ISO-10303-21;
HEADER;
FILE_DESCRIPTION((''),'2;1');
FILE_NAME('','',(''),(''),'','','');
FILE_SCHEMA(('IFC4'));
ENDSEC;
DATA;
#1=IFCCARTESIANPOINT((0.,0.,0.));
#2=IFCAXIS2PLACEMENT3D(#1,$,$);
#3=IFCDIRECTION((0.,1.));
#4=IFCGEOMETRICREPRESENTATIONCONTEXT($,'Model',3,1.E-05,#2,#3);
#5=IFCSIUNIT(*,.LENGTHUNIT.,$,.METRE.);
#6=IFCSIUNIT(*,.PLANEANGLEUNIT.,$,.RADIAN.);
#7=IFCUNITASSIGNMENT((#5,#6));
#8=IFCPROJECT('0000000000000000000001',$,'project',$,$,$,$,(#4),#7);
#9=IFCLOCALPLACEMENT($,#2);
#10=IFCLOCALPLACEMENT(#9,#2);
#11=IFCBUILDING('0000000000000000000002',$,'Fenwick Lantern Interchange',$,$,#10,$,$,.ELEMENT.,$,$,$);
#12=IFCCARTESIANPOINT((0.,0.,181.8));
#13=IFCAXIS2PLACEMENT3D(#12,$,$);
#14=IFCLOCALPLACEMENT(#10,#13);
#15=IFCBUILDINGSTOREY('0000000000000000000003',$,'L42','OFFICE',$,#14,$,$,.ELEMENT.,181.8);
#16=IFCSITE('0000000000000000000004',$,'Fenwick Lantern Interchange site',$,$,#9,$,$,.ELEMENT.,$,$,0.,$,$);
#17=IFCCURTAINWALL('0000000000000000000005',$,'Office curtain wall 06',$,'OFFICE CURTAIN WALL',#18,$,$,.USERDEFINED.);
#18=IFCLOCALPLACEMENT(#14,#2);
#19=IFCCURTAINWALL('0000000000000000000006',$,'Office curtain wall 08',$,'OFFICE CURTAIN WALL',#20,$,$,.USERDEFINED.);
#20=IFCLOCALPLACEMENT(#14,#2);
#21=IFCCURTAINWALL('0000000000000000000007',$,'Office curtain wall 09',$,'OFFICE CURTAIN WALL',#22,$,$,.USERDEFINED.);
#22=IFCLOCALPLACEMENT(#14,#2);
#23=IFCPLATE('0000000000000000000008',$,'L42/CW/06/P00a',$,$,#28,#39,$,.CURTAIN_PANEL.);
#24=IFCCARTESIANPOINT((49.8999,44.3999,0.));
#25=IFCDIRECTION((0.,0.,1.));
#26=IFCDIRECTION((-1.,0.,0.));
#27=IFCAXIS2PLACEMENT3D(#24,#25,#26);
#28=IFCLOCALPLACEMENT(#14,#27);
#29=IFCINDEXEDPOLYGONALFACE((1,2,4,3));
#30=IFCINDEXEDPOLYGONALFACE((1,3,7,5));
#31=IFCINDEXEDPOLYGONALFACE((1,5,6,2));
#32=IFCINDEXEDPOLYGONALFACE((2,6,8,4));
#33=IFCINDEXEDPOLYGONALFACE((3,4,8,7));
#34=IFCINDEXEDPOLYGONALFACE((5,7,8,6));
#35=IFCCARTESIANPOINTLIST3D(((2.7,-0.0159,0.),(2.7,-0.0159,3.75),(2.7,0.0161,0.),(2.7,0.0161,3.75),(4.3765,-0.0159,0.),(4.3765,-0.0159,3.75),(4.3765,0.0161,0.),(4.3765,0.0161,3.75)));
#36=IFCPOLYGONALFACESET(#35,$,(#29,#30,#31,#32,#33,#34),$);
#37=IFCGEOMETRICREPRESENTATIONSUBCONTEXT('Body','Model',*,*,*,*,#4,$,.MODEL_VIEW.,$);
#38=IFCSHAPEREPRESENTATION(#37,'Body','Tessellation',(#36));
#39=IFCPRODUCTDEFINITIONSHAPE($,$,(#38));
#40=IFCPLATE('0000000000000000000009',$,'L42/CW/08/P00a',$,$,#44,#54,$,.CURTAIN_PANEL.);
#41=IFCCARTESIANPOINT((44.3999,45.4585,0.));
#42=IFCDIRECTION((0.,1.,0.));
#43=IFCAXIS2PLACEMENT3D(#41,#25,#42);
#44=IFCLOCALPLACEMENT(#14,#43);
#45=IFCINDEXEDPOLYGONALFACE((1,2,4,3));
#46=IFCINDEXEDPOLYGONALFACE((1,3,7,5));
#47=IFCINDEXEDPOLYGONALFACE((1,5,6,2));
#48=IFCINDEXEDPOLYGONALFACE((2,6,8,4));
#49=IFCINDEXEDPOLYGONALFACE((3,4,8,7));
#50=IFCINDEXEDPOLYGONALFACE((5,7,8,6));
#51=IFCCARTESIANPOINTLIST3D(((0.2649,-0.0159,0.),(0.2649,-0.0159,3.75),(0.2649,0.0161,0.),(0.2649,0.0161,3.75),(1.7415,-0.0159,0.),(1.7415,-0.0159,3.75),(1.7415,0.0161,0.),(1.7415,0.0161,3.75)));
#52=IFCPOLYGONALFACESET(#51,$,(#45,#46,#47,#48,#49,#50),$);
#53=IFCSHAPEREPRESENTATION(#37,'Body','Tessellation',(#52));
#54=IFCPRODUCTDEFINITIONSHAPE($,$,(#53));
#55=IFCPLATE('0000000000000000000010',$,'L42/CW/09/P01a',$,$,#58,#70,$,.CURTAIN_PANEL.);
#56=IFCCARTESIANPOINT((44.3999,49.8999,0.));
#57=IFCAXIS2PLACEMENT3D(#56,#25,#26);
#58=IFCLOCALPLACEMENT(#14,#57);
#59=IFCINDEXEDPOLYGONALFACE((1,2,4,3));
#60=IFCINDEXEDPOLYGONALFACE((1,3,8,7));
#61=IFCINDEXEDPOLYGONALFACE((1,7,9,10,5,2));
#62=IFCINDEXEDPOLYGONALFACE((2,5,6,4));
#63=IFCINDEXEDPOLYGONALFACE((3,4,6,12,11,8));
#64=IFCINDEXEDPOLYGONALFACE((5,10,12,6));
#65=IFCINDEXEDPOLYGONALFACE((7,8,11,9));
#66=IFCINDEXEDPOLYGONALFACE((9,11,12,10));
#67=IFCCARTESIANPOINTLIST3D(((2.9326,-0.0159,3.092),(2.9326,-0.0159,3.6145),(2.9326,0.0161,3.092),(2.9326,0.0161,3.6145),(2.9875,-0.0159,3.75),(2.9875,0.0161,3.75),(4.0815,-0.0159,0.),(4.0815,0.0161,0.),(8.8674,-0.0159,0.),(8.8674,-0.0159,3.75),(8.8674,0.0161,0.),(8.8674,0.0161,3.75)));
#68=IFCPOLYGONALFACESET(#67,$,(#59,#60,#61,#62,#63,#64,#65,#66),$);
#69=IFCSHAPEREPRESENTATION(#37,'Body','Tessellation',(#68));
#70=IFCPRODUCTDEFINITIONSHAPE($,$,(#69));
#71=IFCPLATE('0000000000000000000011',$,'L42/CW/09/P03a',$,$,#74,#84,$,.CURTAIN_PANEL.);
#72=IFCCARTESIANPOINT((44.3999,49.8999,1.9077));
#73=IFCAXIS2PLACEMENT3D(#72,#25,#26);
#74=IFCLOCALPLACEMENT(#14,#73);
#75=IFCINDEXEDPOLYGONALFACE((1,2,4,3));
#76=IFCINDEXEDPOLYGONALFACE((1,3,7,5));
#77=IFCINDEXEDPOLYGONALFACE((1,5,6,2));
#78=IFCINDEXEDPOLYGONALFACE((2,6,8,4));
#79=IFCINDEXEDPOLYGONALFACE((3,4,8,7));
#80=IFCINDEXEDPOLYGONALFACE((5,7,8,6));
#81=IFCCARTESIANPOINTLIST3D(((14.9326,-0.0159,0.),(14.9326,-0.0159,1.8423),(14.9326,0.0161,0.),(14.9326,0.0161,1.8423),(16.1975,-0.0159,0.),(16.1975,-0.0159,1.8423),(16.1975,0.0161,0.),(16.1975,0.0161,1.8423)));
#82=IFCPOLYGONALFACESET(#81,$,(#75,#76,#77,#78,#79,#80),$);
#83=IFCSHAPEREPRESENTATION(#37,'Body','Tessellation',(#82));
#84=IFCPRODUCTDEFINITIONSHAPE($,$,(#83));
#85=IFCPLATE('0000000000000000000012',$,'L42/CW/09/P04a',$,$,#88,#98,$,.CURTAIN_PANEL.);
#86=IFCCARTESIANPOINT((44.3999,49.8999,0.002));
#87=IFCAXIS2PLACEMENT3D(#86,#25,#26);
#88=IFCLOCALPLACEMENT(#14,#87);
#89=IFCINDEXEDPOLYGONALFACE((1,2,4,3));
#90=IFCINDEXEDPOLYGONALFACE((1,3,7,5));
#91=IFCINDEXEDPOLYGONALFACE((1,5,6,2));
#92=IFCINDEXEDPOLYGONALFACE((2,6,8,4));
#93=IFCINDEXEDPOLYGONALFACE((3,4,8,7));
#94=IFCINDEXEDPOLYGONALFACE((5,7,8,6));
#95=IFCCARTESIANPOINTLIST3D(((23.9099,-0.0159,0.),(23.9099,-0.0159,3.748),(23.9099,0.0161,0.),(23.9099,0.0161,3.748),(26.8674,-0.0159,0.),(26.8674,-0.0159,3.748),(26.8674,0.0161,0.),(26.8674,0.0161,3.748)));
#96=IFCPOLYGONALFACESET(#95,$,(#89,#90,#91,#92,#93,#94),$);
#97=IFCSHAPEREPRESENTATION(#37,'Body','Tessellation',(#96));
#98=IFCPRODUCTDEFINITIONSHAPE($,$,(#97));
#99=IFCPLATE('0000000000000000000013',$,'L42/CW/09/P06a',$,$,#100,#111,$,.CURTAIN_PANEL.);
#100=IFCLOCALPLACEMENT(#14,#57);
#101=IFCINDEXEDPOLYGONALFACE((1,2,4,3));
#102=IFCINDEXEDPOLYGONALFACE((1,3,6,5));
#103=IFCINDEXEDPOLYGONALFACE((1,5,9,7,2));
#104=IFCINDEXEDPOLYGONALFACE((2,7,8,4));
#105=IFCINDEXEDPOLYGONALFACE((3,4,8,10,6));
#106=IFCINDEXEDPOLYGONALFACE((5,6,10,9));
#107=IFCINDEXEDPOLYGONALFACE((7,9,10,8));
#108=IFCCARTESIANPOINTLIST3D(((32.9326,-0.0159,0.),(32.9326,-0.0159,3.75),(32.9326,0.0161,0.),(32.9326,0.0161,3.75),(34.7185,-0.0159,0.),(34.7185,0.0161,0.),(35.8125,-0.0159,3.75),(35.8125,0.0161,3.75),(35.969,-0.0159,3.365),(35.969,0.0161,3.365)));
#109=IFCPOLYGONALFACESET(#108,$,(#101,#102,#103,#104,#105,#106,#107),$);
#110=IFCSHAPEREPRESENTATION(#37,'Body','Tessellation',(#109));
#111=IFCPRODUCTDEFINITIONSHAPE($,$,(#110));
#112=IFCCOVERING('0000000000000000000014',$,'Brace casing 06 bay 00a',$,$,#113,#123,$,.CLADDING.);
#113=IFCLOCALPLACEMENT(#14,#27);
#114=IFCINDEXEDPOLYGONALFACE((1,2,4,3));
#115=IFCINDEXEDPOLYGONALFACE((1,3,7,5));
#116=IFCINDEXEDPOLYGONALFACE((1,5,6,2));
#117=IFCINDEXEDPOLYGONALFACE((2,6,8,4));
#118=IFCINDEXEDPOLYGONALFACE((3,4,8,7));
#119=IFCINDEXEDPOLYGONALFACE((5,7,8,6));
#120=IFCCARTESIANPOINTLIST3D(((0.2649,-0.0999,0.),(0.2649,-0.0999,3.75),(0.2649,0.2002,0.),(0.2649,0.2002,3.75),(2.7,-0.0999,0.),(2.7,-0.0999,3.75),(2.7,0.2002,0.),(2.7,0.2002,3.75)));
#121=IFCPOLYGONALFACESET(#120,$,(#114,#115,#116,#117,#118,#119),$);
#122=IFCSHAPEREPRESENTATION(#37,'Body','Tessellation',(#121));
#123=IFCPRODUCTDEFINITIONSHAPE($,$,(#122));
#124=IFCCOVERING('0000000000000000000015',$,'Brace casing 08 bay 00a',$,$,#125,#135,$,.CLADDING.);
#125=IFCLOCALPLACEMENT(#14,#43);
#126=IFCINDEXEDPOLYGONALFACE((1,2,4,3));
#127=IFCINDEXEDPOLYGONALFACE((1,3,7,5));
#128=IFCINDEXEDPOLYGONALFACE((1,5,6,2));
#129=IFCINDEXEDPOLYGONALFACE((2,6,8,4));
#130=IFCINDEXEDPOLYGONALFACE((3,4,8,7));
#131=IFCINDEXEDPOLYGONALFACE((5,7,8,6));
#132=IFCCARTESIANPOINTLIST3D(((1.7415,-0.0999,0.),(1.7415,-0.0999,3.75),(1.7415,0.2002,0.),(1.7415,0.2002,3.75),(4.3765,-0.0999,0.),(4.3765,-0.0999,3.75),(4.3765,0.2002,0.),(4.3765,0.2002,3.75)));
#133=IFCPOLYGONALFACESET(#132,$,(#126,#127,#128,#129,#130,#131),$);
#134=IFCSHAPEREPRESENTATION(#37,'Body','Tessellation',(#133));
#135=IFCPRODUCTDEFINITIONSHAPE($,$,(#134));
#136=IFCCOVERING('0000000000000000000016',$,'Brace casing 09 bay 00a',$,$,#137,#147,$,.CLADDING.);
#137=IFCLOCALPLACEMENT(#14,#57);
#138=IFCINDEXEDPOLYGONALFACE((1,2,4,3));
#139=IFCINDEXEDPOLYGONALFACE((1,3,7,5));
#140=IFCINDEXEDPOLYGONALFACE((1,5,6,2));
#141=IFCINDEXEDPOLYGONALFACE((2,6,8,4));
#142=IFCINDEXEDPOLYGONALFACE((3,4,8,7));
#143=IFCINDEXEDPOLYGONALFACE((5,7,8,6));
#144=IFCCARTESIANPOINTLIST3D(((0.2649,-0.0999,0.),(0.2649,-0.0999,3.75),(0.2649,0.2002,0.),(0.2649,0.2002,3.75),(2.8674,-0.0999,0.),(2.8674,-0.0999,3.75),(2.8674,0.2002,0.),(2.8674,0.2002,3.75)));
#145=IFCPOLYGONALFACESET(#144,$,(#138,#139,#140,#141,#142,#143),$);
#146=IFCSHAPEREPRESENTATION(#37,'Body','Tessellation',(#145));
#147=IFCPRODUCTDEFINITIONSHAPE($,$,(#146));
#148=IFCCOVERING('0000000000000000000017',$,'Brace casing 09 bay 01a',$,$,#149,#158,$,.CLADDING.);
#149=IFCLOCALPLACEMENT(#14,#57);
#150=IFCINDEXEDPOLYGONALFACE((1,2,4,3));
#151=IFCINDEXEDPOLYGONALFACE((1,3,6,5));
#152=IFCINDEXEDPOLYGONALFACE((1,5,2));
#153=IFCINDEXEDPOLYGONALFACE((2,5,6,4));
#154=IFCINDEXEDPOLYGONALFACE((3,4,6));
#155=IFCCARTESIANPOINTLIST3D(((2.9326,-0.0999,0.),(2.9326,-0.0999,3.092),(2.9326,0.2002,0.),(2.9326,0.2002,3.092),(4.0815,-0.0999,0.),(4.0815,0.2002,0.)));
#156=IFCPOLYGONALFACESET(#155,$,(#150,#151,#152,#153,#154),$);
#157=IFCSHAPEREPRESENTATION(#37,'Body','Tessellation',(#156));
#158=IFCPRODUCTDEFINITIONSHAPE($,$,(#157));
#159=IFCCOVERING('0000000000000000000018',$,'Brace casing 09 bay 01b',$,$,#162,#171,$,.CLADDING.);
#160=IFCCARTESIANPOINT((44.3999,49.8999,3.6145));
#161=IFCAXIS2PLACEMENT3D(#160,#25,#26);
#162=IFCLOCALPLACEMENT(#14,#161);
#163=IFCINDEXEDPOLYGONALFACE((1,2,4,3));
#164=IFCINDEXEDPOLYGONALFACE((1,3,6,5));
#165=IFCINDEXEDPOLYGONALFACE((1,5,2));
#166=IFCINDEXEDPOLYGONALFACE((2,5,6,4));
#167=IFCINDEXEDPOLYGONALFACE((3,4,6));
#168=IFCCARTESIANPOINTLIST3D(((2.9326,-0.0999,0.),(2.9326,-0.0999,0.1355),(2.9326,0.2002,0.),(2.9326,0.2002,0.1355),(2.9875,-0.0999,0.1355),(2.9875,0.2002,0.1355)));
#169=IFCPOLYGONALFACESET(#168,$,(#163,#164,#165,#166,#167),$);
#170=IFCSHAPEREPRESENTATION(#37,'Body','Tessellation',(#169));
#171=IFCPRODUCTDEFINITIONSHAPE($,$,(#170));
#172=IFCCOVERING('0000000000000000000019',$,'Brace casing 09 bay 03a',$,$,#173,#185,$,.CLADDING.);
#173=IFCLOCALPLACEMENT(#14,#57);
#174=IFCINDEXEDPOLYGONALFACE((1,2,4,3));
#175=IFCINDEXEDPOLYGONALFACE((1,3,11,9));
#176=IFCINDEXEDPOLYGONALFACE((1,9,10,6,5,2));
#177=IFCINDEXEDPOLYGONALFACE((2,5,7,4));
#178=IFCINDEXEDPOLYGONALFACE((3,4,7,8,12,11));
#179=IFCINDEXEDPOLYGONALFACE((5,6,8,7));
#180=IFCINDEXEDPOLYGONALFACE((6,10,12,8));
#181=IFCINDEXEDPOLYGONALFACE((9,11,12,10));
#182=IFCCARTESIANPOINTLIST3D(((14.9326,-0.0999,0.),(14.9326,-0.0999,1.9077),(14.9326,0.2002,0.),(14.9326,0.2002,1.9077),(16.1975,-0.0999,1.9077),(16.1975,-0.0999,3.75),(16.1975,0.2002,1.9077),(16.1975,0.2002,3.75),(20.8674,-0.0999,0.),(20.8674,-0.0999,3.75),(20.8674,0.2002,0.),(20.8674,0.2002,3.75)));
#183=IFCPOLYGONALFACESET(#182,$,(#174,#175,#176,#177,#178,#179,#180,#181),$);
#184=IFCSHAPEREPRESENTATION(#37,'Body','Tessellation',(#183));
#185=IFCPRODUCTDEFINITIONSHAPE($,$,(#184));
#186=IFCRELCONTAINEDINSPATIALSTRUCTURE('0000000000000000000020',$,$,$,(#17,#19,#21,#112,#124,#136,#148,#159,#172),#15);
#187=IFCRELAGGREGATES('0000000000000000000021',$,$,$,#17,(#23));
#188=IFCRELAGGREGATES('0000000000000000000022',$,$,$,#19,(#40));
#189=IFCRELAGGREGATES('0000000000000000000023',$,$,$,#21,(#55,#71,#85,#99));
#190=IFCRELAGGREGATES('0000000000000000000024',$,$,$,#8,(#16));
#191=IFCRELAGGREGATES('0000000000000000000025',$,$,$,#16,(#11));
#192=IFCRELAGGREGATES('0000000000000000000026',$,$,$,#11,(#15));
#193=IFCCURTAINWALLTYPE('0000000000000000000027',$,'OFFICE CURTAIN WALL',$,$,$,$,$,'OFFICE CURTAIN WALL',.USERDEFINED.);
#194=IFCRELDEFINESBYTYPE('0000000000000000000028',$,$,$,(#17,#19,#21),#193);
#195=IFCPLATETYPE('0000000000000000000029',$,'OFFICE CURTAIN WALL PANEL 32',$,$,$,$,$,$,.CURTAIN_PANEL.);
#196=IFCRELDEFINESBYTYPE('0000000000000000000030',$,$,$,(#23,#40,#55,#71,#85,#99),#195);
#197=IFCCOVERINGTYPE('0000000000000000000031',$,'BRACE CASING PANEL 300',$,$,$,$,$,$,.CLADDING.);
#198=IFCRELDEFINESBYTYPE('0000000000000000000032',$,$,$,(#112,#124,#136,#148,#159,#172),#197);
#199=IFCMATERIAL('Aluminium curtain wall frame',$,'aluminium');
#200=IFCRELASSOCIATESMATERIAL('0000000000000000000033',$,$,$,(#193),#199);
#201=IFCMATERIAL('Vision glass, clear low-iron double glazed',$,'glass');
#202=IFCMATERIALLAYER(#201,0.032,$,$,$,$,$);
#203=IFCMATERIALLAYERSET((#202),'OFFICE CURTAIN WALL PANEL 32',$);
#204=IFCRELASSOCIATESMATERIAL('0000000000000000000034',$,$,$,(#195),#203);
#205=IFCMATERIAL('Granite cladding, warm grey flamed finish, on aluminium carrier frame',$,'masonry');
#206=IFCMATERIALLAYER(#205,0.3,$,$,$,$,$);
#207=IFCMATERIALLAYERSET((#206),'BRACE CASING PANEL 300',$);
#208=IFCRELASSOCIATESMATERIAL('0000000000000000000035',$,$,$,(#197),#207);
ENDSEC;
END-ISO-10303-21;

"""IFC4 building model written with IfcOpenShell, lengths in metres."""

from ifc_helpers import new_model, si_unit, direction, frame, origin, place, context, subcontext, project, spatial, polyline, outline, extrude, material, layer, layer_set, type_object, element, aggregate, save


model = new_model("IFC4")

# Units and contexts
model_context = context("Model", 3, precision=1e-05, world=origin(), true_north=direction((0.0, 1.0)))
body_context = subcontext(model_context, "Body", "Model", "MODEL_VIEW")
ifc_project = project(units=[si_unit("LENGTHUNIT", "METRE"), si_unit("PLANEANGLEUNIT", "RADIAN")], contexts=[model_context])

# Site, building, storey
site_placement = place(None, origin())
site = spatial("IfcSite", under=ifc_project, at=site_placement, Name="Fenwick Lantern Interchange site", CompositionType="ELEMENT", RefElevation=0.0)
building_placement = place(site_placement, origin())
building = spatial("IfcBuilding", under=site, at=building_placement, Name="Fenwick Lantern Interchange", CompositionType="ELEMENT")
storey_placement = place(building_placement, frame((0.0, 0.0, 181.8)))
storey = spatial("IfcBuildingStorey", under=building, at=storey_placement, Name="L42", Description="OFFICE", CompositionType="ELEMENT", Elevation=181.8)

# Curtain wall
ifc_material_1 = material(Name="Aluminium curtain wall frame", Category="aluminium")
curtain_wall_type = type_object("IfcCurtainWallType", Name="OFFICE CURTAIN WALL", ElementType="OFFICE CURTAIN WALL", PredefinedType="USERDEFINED", material=ifc_material_1)
curtain_wall_1_placement = place(storey_placement, origin())
curtain_wall_1 = element("IfcCurtainWall", 1, at=curtain_wall_1_placement, inside=storey, type_object=curtain_wall_type, Name="Office curtain wall 06", ObjectType="OFFICE CURTAIN WALL", PredefinedType="USERDEFINED")

# Curtain walls
curtain_wall_2_placement = place(storey_placement, origin())
curtain_wall_2 = element("IfcCurtainWall", 2, at=curtain_wall_2_placement, inside=storey, type_object=curtain_wall_type, Name="Office curtain wall 08", ObjectType="OFFICE CURTAIN WALL", PredefinedType="USERDEFINED")
curtain_wall_3_placement = place(storey_placement, origin())
curtain_wall_3 = element("IfcCurtainWall", 3, at=curtain_wall_3_placement, inside=storey, type_object=curtain_wall_type, Name="Office curtain wall 09", ObjectType="OFFICE CURTAIN WALL", PredefinedType="USERDEFINED")

# Plates
ifc_material_2 = material(Name="Vision glass, clear low-iron double glazed", Category="glass")
ifc_layer_1 = layer(ifc_material_2, 0.032)
ifc_layer_set_1 = layer_set([ifc_layer_1], Name="OFFICE CURTAIN WALL PANEL 32")
plate_type = type_object("IfcPlateType", Name="OFFICE CURTAIN WALL PANEL 32", PredefinedType="CURTAIN_PANEL", material=ifc_layer_set_1)
plate_1_placement = place(storey_placement, frame((49.8999, 44.3999, 0.0), z_axis=(0.0, 0.0, 1.0), x_axis=(-1.0, 0.0, 0.0)))
plate_1 = element("IfcPlate", 4, at=plate_1_placement, type_object=plate_type, Name="L42/CW/06/P00a", PredefinedType="CURTAIN_PANEL", context=body_context, shape_type="SweptSolid", body=[
    extrude(outline(polyline([(2.7, 0.0), (4.3765, 0.0), (4.3765, 3.75), (2.7, 3.75), (2.7, 0.0)])), frame((0.0, 0.0161, 0.0), z_axis=(0.0, -1.0, 0.0), x_axis=(1.0, 0.0, 0.0)), (0.0, 0.0, 1.0), 0.032),
])
aggregate(curtain_wall_1, [plate_1])
plate_2_placement = place(storey_placement, frame((44.3999, 45.4585, 0.0), z_axis=(0.0, 0.0, 1.0), x_axis=(0.0, 1.0, 0.0)))
plate_2 = element("IfcPlate", 5, at=plate_2_placement, type_object=plate_type, Name="L42/CW/08/P00a", PredefinedType="CURTAIN_PANEL", context=body_context, shape_type="SweptSolid", body=[
    extrude(outline(polyline([(0.2649, 0.0), (1.7415, 0.0), (1.7415, 3.75), (0.2649, 3.75), (0.2649, 0.0)])), frame((0.0, 0.0161, 0.0), z_axis=(0.0, -1.0, 0.0), x_axis=(1.0, 0.0, 0.0)), (0.0, 0.0, 1.0), 0.032),
])
aggregate(curtain_wall_2, [plate_2])
plate_3_placement = place(storey_placement, frame((44.3999, 49.8999, 0.0), z_axis=(0.0, 0.0, 1.0), x_axis=(-1.0, 0.0, 0.0)))
plate_3 = element("IfcPlate", 6, at=plate_3_placement, type_object=plate_type, Name="L42/CW/09/P01a", PredefinedType="CURTAIN_PANEL", context=body_context, shape_type="SweptSolid", body=[
    extrude(outline(polyline([(4.0815, 0.0), (8.8674, 0.0), (8.8674, 3.75), (2.9875, 3.75), (2.9326, 3.6145), (2.9326, 3.092), (4.0815, 0.0)])), frame((0.0, 0.0161, 0.0), z_axis=(0.0, -1.0, 0.0), x_axis=(1.0, 0.0, 0.0)), (0.0, 0.0, 1.0), 0.032),
])
plate_4_placement = place(storey_placement, frame((44.3999, 49.8999, 1.9077), z_axis=(0.0, 0.0, 1.0), x_axis=(-1.0, 0.0, 0.0)))
plate_4 = element("IfcPlate", 7, at=plate_4_placement, type_object=plate_type, Name="L42/CW/09/P03a", PredefinedType="CURTAIN_PANEL", context=body_context, shape_type="SweptSolid", body=[
    extrude(outline(polyline([(14.9326, 0.0), (16.1975, 0.0), (16.1975, 1.8423), (14.9326, 1.8423), (14.9326, 0.0)])), frame((0.0, 0.0161, 0.0), z_axis=(0.0, -1.0, 0.0), x_axis=(1.0, 0.0, 0.0)), (0.0, 0.0, 1.0), 0.032),
])
plate_5_placement = place(storey_placement, frame((44.3999, 49.8999, 0.002), z_axis=(0.0, 0.0, 1.0), x_axis=(-1.0, 0.0, 0.0)))
plate_5 = element("IfcPlate", 8, at=plate_5_placement, type_object=plate_type, Name="L42/CW/09/P04a", PredefinedType="CURTAIN_PANEL", context=body_context, shape_type="SweptSolid", body=[
    extrude(outline(polyline([(23.9099, 0.0), (26.8674, 0.0), (26.8674, 3.748), (23.9099, 3.748), (23.9099, 0.0)])), frame((0.0, 0.0161, 0.0), z_axis=(0.0, -1.0, 0.0), x_axis=(1.0, 0.0, 0.0)), (0.0, 0.0, 1.0), 0.032),
])
plate_6_placement = place(storey_placement, frame((44.3999, 49.8999, 0.0), z_axis=(0.0, 0.0, 1.0), x_axis=(-1.0, 0.0, 0.0)))
plate_6 = element("IfcPlate", 9, at=plate_6_placement, type_object=plate_type, Name="L42/CW/09/P06a", PredefinedType="CURTAIN_PANEL", context=body_context, shape_type="SweptSolid", body=[
    extrude(outline(polyline([(32.9326, 0.0), (34.7185, 0.0), (35.969, 3.365), (35.8125, 3.75), (32.9326, 3.75), (32.9326, 0.0)])), frame((0.0, 0.0161, 0.0), z_axis=(0.0, -1.0, 0.0), x_axis=(1.0, 0.0, 0.0)), (0.0, 0.0, 1.0), 0.032),
])
aggregate(curtain_wall_3, [plate_3, plate_4, plate_5, plate_6])

# Coverings
ifc_material_3 = material(Name="Granite cladding, warm grey flamed finish, on aluminium carrier frame", Category="masonry")
ifc_layer_2 = layer(ifc_material_3, 0.3)
ifc_layer_set_2 = layer_set([ifc_layer_2], Name="BRACE CASING PANEL 300")
covering_type = type_object("IfcCoveringType", Name="BRACE CASING PANEL 300", PredefinedType="CLADDING", material=ifc_layer_set_2)
covering_1_placement = place(storey_placement, frame((49.8999, 44.3999, 0.0), z_axis=(0.0, 0.0, 1.0), x_axis=(-1.0, 0.0, 0.0)))
element("IfcCovering", 10, at=covering_1_placement, inside=storey, type_object=covering_type, Name="Brace casing 06 bay 00a", PredefinedType="CLADDING", context=body_context, shape_type="SweptSolid", body=[
    extrude(outline(polyline([(0.2649, 0.0), (2.7, 0.0), (2.7, 3.75), (0.2649, 3.75), (0.2649, 0.0)])), frame((0.0, 0.2002, 0.0), z_axis=(0.0, -1.0, 0.0), x_axis=(1.0, 0.0, 0.0)), (0.0, 0.0, 1.0), 0.3),
])
covering_2_placement = place(storey_placement, frame((44.3999, 45.4585, 0.0), z_axis=(0.0, 0.0, 1.0), x_axis=(0.0, 1.0, 0.0)))
element("IfcCovering", 11, at=covering_2_placement, inside=storey, type_object=covering_type, Name="Brace casing 08 bay 00a", PredefinedType="CLADDING", context=body_context, shape_type="SweptSolid", body=[
    extrude(outline(polyline([(1.7415, 0.0), (4.3765, 0.0), (4.3765, 3.75), (1.7415, 3.75), (1.7415, 0.0)])), frame((0.0, 0.2002, 0.0), z_axis=(0.0, -1.0, 0.0), x_axis=(1.0, 0.0, 0.0)), (0.0, 0.0, 1.0), 0.3),
])
covering_3_placement = place(storey_placement, frame((44.3999, 49.8999, 0.0), z_axis=(0.0, 0.0, 1.0), x_axis=(-1.0, 0.0, 0.0)))
element("IfcCovering", 12, at=covering_3_placement, inside=storey, type_object=covering_type, Name="Brace casing 09 bay 00a", PredefinedType="CLADDING", context=body_context, shape_type="SweptSolid", body=[
    extrude(outline(polyline([(0.2649, 0.0), (2.8674, 0.0), (2.8674, 3.75), (0.2649, 3.75), (0.2649, 0.0)])), frame((0.0, 0.2002, 0.0), z_axis=(0.0, -1.0, 0.0), x_axis=(1.0, 0.0, 0.0)), (0.0, 0.0, 1.0), 0.3),
])
covering_4_placement = place(storey_placement, frame((44.3999, 49.8999, 0.0), z_axis=(0.0, 0.0, 1.0), x_axis=(-1.0, 0.0, 0.0)))
element("IfcCovering", 13, at=covering_4_placement, inside=storey, type_object=covering_type, Name="Brace casing 09 bay 01a", PredefinedType="CLADDING", context=body_context, shape_type="SweptSolid", body=[
    extrude(outline(polyline([(2.9326, 0.0), (4.0815, 0.0), (2.9326, 3.092), (2.9326, 0.0)])), frame((0.0, 0.2002, 0.0), z_axis=(0.0, -1.0, 0.0), x_axis=(1.0, 0.0, 0.0)), (0.0, 0.0, 1.0), 0.3),
])
covering_5_placement = place(storey_placement, frame((44.3999, 49.8999, 3.6145), z_axis=(0.0, 0.0, 1.0), x_axis=(-1.0, 0.0, 0.0)))
element("IfcCovering", 14, at=covering_5_placement, inside=storey, type_object=covering_type, Name="Brace casing 09 bay 01b", PredefinedType="CLADDING", context=body_context, shape_type="SweptSolid", body=[
    extrude(outline(polyline([(2.9326, 0.0), (2.9875, 0.1355), (2.9326, 0.1355), (2.9326, 0.0)])), frame((0.0, 0.2002, 0.0), z_axis=(0.0, -1.0, 0.0), x_axis=(1.0, 0.0, 0.0)), (0.0, 0.0, 1.0), 0.3),
])
covering_6_placement = place(storey_placement, frame((44.3999, 49.8999, 0.0), z_axis=(0.0, 0.0, 1.0), x_axis=(-1.0, 0.0, 0.0)))
element("IfcCovering", 15, at=covering_6_placement, inside=storey, type_object=covering_type, Name="Brace casing 09 bay 03a", PredefinedType="CLADDING", context=body_context, shape_type="SweptSolid", body=[
    extrude(outline(polyline([(14.9326, 0.0), (20.8674, 0.0), (20.8674, 3.75), (16.1975, 3.75), (16.1975, 1.9077), (14.9326, 1.9077), (14.9326, 0.0)])), frame((0.0, 0.2002, 0.0), z_axis=(0.0, -1.0, 0.0), x_axis=(1.0, 0.0, 0.0)), (0.0, 0.0, 1.0), 0.3),
])

save(model, "model.ifc")
